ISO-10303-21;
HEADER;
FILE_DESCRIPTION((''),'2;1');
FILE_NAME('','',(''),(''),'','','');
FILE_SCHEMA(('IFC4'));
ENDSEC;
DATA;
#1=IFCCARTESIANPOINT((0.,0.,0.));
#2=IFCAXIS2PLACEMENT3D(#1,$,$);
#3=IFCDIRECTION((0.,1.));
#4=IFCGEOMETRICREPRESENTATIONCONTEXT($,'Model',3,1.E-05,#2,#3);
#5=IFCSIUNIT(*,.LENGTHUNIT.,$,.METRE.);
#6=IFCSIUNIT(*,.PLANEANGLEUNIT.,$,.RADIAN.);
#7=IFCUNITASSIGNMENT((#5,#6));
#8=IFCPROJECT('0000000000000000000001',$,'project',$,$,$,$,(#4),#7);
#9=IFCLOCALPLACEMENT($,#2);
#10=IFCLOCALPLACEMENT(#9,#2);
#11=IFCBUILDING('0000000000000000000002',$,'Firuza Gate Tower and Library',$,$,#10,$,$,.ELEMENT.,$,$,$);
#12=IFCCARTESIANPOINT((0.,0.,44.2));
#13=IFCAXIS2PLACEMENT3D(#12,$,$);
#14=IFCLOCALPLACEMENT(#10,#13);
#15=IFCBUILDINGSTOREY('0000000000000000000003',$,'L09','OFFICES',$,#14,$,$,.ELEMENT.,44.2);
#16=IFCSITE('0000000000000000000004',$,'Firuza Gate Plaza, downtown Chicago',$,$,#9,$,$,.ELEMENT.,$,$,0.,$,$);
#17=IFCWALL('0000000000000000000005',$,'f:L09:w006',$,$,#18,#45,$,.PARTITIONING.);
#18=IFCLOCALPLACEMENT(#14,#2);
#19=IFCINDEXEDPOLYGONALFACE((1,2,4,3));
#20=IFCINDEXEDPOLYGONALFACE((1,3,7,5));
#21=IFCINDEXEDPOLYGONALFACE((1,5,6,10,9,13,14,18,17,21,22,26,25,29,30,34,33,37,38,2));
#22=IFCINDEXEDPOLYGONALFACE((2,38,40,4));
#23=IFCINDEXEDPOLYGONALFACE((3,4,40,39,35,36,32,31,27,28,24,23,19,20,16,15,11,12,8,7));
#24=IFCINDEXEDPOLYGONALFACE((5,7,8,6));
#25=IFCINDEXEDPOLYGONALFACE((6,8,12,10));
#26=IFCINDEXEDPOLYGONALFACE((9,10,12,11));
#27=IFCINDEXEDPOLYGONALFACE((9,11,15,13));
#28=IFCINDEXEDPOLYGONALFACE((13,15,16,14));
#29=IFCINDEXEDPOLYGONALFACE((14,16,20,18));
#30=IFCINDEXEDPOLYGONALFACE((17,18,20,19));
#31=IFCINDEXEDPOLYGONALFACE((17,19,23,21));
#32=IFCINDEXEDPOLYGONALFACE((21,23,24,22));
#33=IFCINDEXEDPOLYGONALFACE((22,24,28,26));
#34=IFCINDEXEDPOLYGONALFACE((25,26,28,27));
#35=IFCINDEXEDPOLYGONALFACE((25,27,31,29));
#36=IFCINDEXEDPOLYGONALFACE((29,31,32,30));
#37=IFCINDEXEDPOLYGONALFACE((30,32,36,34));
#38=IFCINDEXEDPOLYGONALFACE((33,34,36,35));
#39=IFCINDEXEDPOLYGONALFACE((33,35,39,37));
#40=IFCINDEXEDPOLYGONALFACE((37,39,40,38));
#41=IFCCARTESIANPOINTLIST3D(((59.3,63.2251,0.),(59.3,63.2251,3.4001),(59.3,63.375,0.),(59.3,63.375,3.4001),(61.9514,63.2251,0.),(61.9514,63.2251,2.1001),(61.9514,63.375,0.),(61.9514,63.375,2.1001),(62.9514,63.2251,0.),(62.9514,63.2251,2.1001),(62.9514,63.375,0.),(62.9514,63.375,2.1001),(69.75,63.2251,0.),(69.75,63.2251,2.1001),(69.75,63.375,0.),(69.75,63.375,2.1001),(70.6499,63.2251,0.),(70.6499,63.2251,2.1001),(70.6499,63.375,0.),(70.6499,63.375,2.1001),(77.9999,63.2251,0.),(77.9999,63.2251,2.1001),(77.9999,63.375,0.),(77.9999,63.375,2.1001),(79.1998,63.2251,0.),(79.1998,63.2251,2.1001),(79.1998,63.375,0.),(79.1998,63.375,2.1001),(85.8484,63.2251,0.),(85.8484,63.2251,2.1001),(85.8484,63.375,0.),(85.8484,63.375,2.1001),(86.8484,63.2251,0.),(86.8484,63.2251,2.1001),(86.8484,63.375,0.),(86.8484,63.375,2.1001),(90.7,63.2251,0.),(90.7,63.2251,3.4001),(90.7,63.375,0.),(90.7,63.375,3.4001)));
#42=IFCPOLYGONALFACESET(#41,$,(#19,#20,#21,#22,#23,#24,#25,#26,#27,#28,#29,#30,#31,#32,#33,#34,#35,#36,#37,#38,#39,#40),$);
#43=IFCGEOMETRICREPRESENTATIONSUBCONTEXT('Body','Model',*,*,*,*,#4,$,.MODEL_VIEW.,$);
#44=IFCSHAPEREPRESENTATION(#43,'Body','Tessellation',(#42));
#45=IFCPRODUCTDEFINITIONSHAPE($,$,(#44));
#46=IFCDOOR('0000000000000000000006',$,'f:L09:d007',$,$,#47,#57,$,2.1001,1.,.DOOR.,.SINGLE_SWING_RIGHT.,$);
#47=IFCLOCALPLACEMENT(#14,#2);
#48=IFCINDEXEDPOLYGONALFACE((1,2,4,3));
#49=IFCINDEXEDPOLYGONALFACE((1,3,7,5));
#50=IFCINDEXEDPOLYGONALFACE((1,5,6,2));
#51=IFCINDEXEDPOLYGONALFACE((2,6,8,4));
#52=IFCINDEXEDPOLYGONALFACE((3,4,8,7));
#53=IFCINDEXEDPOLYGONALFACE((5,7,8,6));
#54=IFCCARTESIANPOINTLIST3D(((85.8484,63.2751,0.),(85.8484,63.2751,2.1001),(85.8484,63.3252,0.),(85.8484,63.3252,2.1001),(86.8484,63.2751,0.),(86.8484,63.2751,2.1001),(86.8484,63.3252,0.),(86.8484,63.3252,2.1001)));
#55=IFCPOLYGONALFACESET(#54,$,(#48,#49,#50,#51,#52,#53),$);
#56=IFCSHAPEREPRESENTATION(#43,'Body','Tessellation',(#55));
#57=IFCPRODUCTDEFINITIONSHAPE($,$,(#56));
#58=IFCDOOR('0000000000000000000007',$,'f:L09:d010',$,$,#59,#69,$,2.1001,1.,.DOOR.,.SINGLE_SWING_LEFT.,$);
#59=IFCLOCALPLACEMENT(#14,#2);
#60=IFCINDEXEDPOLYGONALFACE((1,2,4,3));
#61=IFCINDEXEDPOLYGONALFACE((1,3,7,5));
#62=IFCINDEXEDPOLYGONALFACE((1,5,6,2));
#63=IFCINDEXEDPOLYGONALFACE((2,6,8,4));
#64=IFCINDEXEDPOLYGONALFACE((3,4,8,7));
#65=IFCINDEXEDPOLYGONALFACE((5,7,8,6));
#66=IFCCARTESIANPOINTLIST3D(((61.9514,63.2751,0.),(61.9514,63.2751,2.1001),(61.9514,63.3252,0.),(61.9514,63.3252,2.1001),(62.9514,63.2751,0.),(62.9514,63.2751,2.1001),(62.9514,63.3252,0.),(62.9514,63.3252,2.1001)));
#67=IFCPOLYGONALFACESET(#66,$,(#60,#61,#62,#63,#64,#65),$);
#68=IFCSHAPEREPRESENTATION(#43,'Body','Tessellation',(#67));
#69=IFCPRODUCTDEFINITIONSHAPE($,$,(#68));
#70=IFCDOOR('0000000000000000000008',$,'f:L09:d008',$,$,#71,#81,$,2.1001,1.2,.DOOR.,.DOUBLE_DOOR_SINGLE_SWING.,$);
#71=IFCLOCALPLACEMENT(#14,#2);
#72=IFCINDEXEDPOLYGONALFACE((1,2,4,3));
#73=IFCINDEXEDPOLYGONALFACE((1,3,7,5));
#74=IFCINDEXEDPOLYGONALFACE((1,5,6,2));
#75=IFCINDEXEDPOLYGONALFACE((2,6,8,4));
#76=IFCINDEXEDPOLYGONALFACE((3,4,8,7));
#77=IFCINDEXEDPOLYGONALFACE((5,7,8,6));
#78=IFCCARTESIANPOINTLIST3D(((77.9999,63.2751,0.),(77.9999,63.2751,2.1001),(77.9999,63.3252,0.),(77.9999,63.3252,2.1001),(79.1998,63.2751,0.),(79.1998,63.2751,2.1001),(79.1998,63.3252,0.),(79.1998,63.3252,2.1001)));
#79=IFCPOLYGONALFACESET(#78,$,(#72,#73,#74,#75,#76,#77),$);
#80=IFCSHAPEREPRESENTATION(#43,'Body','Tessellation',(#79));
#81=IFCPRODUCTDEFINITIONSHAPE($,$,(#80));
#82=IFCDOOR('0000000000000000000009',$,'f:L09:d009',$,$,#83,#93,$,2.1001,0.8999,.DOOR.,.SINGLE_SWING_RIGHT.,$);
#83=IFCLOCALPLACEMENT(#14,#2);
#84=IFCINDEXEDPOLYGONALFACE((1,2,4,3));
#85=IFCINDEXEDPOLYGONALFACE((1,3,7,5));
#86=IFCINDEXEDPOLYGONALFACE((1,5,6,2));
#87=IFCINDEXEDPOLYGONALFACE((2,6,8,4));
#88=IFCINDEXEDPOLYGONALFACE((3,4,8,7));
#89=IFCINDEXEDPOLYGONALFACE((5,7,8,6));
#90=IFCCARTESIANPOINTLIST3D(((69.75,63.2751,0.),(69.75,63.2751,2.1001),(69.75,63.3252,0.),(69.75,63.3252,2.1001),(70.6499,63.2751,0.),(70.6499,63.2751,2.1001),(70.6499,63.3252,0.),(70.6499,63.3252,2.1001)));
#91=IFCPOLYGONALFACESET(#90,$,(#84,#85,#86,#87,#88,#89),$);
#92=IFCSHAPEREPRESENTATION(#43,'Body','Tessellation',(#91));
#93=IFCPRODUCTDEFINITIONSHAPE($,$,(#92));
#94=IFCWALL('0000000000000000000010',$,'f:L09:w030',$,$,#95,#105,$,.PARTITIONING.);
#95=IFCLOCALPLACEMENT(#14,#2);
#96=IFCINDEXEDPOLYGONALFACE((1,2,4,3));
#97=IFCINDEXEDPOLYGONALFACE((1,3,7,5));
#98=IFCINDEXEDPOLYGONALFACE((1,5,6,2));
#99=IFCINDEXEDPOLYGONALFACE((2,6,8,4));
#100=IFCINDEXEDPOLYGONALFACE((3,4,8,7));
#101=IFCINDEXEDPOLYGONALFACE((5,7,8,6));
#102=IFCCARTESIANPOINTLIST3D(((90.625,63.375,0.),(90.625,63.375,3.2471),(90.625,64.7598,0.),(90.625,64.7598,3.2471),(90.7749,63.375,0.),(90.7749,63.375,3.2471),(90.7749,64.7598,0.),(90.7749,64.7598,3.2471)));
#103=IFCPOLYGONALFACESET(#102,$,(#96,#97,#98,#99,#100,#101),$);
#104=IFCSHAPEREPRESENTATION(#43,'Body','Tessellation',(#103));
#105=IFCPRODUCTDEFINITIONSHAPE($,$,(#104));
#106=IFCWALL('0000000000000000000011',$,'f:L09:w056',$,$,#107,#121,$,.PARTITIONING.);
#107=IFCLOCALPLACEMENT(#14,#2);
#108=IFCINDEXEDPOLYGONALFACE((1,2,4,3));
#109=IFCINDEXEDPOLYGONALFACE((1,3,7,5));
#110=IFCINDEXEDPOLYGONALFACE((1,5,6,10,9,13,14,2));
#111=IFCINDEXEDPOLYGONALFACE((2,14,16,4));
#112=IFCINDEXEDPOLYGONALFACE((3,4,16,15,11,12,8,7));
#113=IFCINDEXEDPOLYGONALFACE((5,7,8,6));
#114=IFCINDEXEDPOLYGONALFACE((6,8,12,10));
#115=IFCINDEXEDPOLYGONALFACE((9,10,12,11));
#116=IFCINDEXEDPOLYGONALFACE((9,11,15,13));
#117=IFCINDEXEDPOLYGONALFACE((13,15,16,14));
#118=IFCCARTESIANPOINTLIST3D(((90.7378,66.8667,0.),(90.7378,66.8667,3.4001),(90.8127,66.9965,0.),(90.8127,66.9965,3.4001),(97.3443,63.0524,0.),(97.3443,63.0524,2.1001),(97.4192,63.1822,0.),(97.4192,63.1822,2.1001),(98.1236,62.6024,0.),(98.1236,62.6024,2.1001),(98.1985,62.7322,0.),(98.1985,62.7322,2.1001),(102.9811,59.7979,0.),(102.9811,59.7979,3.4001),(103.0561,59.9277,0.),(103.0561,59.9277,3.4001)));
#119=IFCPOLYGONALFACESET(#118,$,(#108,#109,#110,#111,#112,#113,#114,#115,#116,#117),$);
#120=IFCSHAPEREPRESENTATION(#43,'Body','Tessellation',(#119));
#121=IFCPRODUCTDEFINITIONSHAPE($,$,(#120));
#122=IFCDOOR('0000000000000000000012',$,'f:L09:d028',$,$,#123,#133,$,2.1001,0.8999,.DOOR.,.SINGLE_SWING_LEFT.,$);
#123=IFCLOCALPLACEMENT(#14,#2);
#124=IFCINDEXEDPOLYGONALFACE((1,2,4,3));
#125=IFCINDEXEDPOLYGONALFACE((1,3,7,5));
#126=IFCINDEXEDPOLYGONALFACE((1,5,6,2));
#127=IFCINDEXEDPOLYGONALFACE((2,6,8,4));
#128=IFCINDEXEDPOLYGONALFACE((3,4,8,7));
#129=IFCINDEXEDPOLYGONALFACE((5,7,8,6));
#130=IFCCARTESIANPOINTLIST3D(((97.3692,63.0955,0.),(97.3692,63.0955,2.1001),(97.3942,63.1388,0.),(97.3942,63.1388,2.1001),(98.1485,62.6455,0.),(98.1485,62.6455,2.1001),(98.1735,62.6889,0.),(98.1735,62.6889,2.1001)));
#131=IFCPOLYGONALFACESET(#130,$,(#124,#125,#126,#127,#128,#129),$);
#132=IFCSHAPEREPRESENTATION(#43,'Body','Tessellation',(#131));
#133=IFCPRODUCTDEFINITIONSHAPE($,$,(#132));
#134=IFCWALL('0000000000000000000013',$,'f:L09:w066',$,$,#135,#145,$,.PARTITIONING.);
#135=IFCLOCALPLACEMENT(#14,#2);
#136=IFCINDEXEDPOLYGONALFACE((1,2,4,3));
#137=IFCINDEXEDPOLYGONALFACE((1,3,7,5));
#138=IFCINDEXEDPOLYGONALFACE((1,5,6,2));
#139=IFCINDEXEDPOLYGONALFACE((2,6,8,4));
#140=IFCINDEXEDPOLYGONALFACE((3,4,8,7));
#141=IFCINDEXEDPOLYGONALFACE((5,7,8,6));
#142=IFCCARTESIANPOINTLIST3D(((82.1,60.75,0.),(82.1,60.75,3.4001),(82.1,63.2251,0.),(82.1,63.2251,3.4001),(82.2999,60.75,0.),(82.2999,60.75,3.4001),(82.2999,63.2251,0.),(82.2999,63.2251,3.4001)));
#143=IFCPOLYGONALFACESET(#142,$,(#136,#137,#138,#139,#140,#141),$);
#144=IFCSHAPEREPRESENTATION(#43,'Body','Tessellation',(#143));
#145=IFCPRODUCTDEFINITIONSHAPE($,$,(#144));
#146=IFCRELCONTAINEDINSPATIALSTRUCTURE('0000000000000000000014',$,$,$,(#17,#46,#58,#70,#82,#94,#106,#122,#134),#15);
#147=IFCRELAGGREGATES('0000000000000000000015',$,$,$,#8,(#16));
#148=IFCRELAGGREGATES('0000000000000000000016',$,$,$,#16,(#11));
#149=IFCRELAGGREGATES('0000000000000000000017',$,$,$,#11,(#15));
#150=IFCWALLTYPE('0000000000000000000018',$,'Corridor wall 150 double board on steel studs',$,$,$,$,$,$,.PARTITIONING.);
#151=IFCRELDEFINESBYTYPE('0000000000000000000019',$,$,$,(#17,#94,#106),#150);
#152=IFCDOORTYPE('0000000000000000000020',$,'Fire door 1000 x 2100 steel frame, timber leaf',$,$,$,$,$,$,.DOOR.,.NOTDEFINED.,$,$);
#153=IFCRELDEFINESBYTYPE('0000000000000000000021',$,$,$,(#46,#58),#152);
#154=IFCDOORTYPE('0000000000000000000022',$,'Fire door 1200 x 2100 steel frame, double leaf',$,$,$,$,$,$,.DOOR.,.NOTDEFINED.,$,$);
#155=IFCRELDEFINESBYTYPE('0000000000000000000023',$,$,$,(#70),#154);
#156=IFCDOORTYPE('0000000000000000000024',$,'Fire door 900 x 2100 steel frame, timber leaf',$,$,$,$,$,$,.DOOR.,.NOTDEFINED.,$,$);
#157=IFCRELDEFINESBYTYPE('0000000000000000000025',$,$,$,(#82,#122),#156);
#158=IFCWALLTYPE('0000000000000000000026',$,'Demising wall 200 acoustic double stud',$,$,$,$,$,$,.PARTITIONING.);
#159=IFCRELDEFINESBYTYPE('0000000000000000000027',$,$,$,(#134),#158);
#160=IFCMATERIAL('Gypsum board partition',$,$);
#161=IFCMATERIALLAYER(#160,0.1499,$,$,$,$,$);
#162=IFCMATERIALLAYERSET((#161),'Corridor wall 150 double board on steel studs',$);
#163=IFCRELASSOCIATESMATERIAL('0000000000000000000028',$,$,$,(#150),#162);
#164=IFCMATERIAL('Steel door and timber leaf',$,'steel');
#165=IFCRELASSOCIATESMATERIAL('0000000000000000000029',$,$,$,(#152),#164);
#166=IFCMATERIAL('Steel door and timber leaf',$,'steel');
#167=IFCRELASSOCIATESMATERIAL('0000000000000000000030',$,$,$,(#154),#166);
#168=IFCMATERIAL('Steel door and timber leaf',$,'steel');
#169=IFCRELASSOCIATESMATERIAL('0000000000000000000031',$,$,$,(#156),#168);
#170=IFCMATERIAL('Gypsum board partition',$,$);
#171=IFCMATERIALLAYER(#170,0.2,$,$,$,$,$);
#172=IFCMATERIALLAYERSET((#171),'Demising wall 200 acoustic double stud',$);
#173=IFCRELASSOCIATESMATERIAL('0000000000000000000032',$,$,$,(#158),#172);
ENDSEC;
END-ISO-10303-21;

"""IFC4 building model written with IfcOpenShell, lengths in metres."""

from ifc_helpers import new_model, si_unit, direction, frame, frame_2d, origin, place, context, subcontext, project, spatial, rectangle, extrude, material, layer, layer_set, type_object, element, fill, save


model = new_model("IFC4")

# Units and contexts
model_context = context("Model", 3, precision=1e-05, world=origin(), true_north=direction((0.0, 1.0)))
body_context = subcontext(model_context, "Body", "Model", "MODEL_VIEW")
ifc_project = project(units=[si_unit("LENGTHUNIT", "METRE"), si_unit("PLANEANGLEUNIT", "RADIAN")], contexts=[model_context])

# Site, building, storey
site_placement = place(None, origin())
site = spatial("IfcSite", under=ifc_project, at=site_placement, Name="Firuza Gate Plaza, downtown Chicago", CompositionType="ELEMENT", RefElevation=0.0)
building_placement = place(site_placement, origin())
building = spatial("IfcBuilding", under=site, at=building_placement, Name="Firuza Gate Tower and Library", CompositionType="ELEMENT")
storey_placement = place(building_placement, frame((0.0, 0.0, 44.2)))
storey = spatial("IfcBuildingStorey", under=building, at=storey_placement, Name="L09", Description="OFFICES", CompositionType="ELEMENT", Elevation=44.2)

# Wall, openings, doors
ifc_material_1 = material(Name="Gypsum board partition")
ifc_layer_1 = layer(ifc_material_1, 0.1499)
ifc_layer_set_1 = layer_set([ifc_layer_1], Name="Corridor wall 150 double board on steel studs")
wall_type_1 = type_object("IfcWallType", Name="Corridor wall 150 double board on steel studs", PredefinedType="PARTITIONING", material=ifc_layer_set_1)
wall_1_placement = place(storey_placement, frame((90.7, 63.3, 0.0), z_axis=(0.0, 0.0, 1.0), x_axis=(-1.0, 0.0, 0.0)))
wall_1 = element("IfcWall", 1, at=wall_1_placement, inside=storey, type_object=wall_type_1, Name="f:L09:w006", PredefinedType="PARTITIONING", context=body_context, shape_type="SweptSolid", body=[
    extrude(rectangle(XDim=31.3999, YDim=0.1499, at=frame_2d((15.7, 0.0))), origin(), (0.0, 0.0, 1.0), 3.4001),
])
opening_1_placement = place(wall_1_placement, frame((3.8516, 0.0, 0.0)))
opening_1 = element("IfcOpeningElement", 2, at=opening_1_placement, cuts=wall_1, PredefinedType="OPENING", context=body_context, shape_type="SweptSolid", body=[
    extrude(rectangle(XDim=1.0, YDim=2.1001, at=frame_2d((0.5, 1.05))), frame((0.0, 0.085, 0.0), z_axis=(0.0, -1.0, 0.0), x_axis=(1.0, 0.0, 0.0)), (0.0, 0.0, 1.0), 0.1699),
])
opening_2_placement = place(wall_1_placement, frame((11.5, 0.0, 0.0)))
opening_2 = element("IfcOpeningElement", 3, at=opening_2_placement, cuts=wall_1, PredefinedType="OPENING", context=body_context, shape_type="SweptSolid", body=[
    extrude(rectangle(XDim=1.2, YDim=2.1001, at=frame_2d((0.6001, 1.05))), frame((0.0, 0.085, 0.0), z_axis=(0.0, -1.0, 0.0), x_axis=(1.0, 0.0, 0.0)), (0.0, 0.0, 1.0), 0.1699),
])
opening_3_placement = place(wall_1_placement, frame((20.05, 0.0, 0.0)))
opening_3 = element("IfcOpeningElement", 4, at=opening_3_placement, cuts=wall_1, PredefinedType="OPENING", context=body_context, shape_type="SweptSolid", body=[
    extrude(rectangle(XDim=0.8999, YDim=2.1001, at=frame_2d((0.45, 1.05))), frame((0.0, 0.085, 0.0), z_axis=(0.0, -1.0, 0.0), x_axis=(1.0, 0.0, 0.0)), (0.0, 0.0, 1.0), 0.1699),
])
opening_4_placement = place(wall_1_placement, frame((27.7485, 0.0, 0.0)))
opening_4 = element("IfcOpeningElement", 5, at=opening_4_placement, cuts=wall_1, PredefinedType="OPENING", context=body_context, shape_type="SweptSolid", body=[
    extrude(rectangle(XDim=1.0, YDim=2.1001, at=frame_2d((0.5, 1.05))), frame((0.0, 0.085, 0.0), z_axis=(0.0, -1.0, 0.0), x_axis=(1.0, 0.0, 0.0)), (0.0, 0.0, 1.0), 0.1699),
])
ifc_material_2 = material(Name="Steel door and timber leaf", Category="steel")
door_type_1 = type_object("IfcDoorType", Name="Fire door 1000 x 2100 steel frame, timber leaf", OperationType="NOTDEFINED", PredefinedType="DOOR", material=ifc_material_2)
door_1_placement = place(opening_1_placement, origin())
door_1 = element("IfcDoor", 6, at=door_1_placement, inside=storey, type_object=door_type_1, Name="f:L09:d007", OperationType="SINGLE_SWING_RIGHT", OverallHeight=2.1001, OverallWidth=1.0, PredefinedType="DOOR", context=body_context, shape_type="SweptSolid", body=[
    extrude(rectangle(XDim=1.0, YDim=2.1001, at=frame_2d((0.5, 1.05))), frame((0.0, 0.0249, 0.0), z_axis=(0.0, -1.0, 0.0), x_axis=(1.0, 0.0, 0.0)), (0.0, 0.0, 1.0), 0.05),
])
fill(opening_1, door_1)
door_2_placement = place(opening_4_placement, origin())
door_2 = element("IfcDoor", 7, at=door_2_placement, inside=storey, type_object=door_type_1, Name="f:L09:d010", OperationType="SINGLE_SWING_LEFT", OverallHeight=2.1001, OverallWidth=1.0, PredefinedType="DOOR", context=body_context, shape_type="SweptSolid", body=[
    extrude(rectangle(XDim=1.0, YDim=2.1001, at=frame_2d((0.5, 1.05))), frame((0.0, 0.0249, 0.0), z_axis=(0.0, -1.0, 0.0), x_axis=(1.0, 0.0, 0.0)), (0.0, 0.0, 1.0), 0.05),
])
fill(opening_4, door_2)
ifc_material_3 = material(Name="Steel door and timber leaf", Category="steel")
door_type_2 = type_object("IfcDoorType", Name="Fire door 1200 x 2100 steel frame, double leaf", OperationType="NOTDEFINED", PredefinedType="DOOR", material=ifc_material_3)
door_3_placement = place(opening_2_placement, origin())
door_3 = element("IfcDoor", 8, at=door_3_placement, inside=storey, type_object=door_type_2, Name="f:L09:d008", OperationType="DOUBLE_DOOR_SINGLE_SWING", OverallHeight=2.1001, OverallWidth=1.2, PredefinedType="DOOR", context=body_context, shape_type="SweptSolid", body=[
    extrude(rectangle(XDim=1.2, YDim=2.1001, at=frame_2d((0.6001, 1.05))), frame((0.0, 0.0249, 0.0), z_axis=(0.0, -1.0, 0.0), x_axis=(1.0, 0.0, 0.0)), (0.0, 0.0, 1.0), 0.05),
])
fill(opening_2, door_3)
ifc_material_4 = material(Name="Steel door and timber leaf", Category="steel")
door_type_3 = type_object("IfcDoorType", Name="Fire door 900 x 2100 steel frame, timber leaf", OperationType="NOTDEFINED", PredefinedType="DOOR", material=ifc_material_4)
door_4_placement = place(opening_3_placement, origin())
door_4 = element("IfcDoor", 9, at=door_4_placement, inside=storey, type_object=door_type_3, Name="f:L09:d009", OperationType="SINGLE_SWING_RIGHT", OverallHeight=2.1001, OverallWidth=0.8999, PredefinedType="DOOR", context=body_context, shape_type="SweptSolid", body=[
    extrude(rectangle(XDim=0.8999, YDim=2.1001, at=frame_2d((0.45, 1.05))), frame((0.0, 0.0249, 0.0), z_axis=(0.0, -1.0, 0.0), x_axis=(1.0, 0.0, 0.0)), (0.0, 0.0, 1.0), 0.05),
])
fill(opening_3, door_4)

# Wall
wall_2_placement = place(storey_placement, frame((90.7, 63.375, 0.0), z_axis=(0.0, 0.0, 1.0), x_axis=(0.0, 1.0, 0.0)))
element("IfcWall", 10, at=wall_2_placement, inside=storey, type_object=wall_type_1, Name="f:L09:w030", PredefinedType="PARTITIONING", context=body_context, shape_type="SweptSolid", body=[
    extrude(rectangle(XDim=1.3848, YDim=0.1499, at=frame_2d((0.6924, 0.0))), origin(), (0.0, 0.0, 1.0), 3.2471),
])

# Wall, opening, door
wall_3_placement = place(storey_placement, frame((90.7751, 66.9316, 0.0), z_axis=(0.0, 0.0, 1.0), x_axis=(0.866022, -0.500006, 0.0)))
wall_3 = element("IfcWall", 11, at=wall_3_placement, inside=storey, type_object=wall_type_1, Name="f:L09:w056", PredefinedType="PARTITIONING", context=body_context, shape_type="SweptSolid", body=[
    extrude(rectangle(XDim=14.1375, YDim=0.1499, at=frame_2d((7.0688, 0.0))), origin(), (0.0, 0.0, 1.0), 3.4001),
])
opening_5_placement = place(wall_3_placement, frame((7.6287, 0.0, 0.0)))
opening_5 = element("IfcOpeningElement", 12, at=opening_5_placement, cuts=wall_3, PredefinedType="OPENING", context=body_context, shape_type="SweptSolid", body=[
    extrude(rectangle(XDim=0.8999, YDim=2.1001, at=frame_2d((0.45, 1.05))), frame((0.0, 0.085, 0.0), z_axis=(0.0, -1.0, 0.0), x_axis=(1.0, 0.0, 0.0)), (0.0, 0.0, 1.0), 0.1699),
])
door_5_placement = place(opening_5_placement, origin())
door_5 = element("IfcDoor", 13, at=door_5_placement, inside=storey, type_object=door_type_3, Name="f:L09:d028", OperationType="SINGLE_SWING_LEFT", OverallHeight=2.1001, OverallWidth=0.8999, PredefinedType="DOOR", context=body_context, shape_type="SweptSolid", body=[
    extrude(rectangle(XDim=0.8999, YDim=2.1001, at=frame_2d((0.45, 1.05))), frame((0.0, 0.0249, 0.0), z_axis=(0.0, -1.0, 0.0), x_axis=(1.0, 0.0, 0.0)), (0.0, 0.0, 1.0), 0.05),
])
fill(opening_5, door_5)

# Wall
ifc_material_5 = material(Name="Gypsum board partition")
ifc_layer_2 = layer(ifc_material_5, 0.2)
ifc_layer_set_2 = layer_set([ifc_layer_2], Name="Demising wall 200 acoustic double stud")
wall_type_2 = type_object("IfcWallType", Name="Demising wall 200 acoustic double stud", PredefinedType="PARTITIONING", material=ifc_layer_set_2)
wall_4_placement = place(storey_placement, frame((82.2, 60.75, 0.0), z_axis=(0.0, 0.0, 1.0), x_axis=(0.0, 1.0, 0.0)))
element("IfcWall", 14, at=wall_4_placement, inside=storey, type_object=wall_type_2, Name="f:L09:w066", PredefinedType="PARTITIONING", context=body_context, shape_type="SweptSolid", body=[
    extrude(rectangle(XDim=2.4751, YDim=0.2, at=frame_2d((1.2375, 0.0))), origin(), (0.0, 0.0, 1.0), 3.4001),
])

save(model, "model.ifc")
